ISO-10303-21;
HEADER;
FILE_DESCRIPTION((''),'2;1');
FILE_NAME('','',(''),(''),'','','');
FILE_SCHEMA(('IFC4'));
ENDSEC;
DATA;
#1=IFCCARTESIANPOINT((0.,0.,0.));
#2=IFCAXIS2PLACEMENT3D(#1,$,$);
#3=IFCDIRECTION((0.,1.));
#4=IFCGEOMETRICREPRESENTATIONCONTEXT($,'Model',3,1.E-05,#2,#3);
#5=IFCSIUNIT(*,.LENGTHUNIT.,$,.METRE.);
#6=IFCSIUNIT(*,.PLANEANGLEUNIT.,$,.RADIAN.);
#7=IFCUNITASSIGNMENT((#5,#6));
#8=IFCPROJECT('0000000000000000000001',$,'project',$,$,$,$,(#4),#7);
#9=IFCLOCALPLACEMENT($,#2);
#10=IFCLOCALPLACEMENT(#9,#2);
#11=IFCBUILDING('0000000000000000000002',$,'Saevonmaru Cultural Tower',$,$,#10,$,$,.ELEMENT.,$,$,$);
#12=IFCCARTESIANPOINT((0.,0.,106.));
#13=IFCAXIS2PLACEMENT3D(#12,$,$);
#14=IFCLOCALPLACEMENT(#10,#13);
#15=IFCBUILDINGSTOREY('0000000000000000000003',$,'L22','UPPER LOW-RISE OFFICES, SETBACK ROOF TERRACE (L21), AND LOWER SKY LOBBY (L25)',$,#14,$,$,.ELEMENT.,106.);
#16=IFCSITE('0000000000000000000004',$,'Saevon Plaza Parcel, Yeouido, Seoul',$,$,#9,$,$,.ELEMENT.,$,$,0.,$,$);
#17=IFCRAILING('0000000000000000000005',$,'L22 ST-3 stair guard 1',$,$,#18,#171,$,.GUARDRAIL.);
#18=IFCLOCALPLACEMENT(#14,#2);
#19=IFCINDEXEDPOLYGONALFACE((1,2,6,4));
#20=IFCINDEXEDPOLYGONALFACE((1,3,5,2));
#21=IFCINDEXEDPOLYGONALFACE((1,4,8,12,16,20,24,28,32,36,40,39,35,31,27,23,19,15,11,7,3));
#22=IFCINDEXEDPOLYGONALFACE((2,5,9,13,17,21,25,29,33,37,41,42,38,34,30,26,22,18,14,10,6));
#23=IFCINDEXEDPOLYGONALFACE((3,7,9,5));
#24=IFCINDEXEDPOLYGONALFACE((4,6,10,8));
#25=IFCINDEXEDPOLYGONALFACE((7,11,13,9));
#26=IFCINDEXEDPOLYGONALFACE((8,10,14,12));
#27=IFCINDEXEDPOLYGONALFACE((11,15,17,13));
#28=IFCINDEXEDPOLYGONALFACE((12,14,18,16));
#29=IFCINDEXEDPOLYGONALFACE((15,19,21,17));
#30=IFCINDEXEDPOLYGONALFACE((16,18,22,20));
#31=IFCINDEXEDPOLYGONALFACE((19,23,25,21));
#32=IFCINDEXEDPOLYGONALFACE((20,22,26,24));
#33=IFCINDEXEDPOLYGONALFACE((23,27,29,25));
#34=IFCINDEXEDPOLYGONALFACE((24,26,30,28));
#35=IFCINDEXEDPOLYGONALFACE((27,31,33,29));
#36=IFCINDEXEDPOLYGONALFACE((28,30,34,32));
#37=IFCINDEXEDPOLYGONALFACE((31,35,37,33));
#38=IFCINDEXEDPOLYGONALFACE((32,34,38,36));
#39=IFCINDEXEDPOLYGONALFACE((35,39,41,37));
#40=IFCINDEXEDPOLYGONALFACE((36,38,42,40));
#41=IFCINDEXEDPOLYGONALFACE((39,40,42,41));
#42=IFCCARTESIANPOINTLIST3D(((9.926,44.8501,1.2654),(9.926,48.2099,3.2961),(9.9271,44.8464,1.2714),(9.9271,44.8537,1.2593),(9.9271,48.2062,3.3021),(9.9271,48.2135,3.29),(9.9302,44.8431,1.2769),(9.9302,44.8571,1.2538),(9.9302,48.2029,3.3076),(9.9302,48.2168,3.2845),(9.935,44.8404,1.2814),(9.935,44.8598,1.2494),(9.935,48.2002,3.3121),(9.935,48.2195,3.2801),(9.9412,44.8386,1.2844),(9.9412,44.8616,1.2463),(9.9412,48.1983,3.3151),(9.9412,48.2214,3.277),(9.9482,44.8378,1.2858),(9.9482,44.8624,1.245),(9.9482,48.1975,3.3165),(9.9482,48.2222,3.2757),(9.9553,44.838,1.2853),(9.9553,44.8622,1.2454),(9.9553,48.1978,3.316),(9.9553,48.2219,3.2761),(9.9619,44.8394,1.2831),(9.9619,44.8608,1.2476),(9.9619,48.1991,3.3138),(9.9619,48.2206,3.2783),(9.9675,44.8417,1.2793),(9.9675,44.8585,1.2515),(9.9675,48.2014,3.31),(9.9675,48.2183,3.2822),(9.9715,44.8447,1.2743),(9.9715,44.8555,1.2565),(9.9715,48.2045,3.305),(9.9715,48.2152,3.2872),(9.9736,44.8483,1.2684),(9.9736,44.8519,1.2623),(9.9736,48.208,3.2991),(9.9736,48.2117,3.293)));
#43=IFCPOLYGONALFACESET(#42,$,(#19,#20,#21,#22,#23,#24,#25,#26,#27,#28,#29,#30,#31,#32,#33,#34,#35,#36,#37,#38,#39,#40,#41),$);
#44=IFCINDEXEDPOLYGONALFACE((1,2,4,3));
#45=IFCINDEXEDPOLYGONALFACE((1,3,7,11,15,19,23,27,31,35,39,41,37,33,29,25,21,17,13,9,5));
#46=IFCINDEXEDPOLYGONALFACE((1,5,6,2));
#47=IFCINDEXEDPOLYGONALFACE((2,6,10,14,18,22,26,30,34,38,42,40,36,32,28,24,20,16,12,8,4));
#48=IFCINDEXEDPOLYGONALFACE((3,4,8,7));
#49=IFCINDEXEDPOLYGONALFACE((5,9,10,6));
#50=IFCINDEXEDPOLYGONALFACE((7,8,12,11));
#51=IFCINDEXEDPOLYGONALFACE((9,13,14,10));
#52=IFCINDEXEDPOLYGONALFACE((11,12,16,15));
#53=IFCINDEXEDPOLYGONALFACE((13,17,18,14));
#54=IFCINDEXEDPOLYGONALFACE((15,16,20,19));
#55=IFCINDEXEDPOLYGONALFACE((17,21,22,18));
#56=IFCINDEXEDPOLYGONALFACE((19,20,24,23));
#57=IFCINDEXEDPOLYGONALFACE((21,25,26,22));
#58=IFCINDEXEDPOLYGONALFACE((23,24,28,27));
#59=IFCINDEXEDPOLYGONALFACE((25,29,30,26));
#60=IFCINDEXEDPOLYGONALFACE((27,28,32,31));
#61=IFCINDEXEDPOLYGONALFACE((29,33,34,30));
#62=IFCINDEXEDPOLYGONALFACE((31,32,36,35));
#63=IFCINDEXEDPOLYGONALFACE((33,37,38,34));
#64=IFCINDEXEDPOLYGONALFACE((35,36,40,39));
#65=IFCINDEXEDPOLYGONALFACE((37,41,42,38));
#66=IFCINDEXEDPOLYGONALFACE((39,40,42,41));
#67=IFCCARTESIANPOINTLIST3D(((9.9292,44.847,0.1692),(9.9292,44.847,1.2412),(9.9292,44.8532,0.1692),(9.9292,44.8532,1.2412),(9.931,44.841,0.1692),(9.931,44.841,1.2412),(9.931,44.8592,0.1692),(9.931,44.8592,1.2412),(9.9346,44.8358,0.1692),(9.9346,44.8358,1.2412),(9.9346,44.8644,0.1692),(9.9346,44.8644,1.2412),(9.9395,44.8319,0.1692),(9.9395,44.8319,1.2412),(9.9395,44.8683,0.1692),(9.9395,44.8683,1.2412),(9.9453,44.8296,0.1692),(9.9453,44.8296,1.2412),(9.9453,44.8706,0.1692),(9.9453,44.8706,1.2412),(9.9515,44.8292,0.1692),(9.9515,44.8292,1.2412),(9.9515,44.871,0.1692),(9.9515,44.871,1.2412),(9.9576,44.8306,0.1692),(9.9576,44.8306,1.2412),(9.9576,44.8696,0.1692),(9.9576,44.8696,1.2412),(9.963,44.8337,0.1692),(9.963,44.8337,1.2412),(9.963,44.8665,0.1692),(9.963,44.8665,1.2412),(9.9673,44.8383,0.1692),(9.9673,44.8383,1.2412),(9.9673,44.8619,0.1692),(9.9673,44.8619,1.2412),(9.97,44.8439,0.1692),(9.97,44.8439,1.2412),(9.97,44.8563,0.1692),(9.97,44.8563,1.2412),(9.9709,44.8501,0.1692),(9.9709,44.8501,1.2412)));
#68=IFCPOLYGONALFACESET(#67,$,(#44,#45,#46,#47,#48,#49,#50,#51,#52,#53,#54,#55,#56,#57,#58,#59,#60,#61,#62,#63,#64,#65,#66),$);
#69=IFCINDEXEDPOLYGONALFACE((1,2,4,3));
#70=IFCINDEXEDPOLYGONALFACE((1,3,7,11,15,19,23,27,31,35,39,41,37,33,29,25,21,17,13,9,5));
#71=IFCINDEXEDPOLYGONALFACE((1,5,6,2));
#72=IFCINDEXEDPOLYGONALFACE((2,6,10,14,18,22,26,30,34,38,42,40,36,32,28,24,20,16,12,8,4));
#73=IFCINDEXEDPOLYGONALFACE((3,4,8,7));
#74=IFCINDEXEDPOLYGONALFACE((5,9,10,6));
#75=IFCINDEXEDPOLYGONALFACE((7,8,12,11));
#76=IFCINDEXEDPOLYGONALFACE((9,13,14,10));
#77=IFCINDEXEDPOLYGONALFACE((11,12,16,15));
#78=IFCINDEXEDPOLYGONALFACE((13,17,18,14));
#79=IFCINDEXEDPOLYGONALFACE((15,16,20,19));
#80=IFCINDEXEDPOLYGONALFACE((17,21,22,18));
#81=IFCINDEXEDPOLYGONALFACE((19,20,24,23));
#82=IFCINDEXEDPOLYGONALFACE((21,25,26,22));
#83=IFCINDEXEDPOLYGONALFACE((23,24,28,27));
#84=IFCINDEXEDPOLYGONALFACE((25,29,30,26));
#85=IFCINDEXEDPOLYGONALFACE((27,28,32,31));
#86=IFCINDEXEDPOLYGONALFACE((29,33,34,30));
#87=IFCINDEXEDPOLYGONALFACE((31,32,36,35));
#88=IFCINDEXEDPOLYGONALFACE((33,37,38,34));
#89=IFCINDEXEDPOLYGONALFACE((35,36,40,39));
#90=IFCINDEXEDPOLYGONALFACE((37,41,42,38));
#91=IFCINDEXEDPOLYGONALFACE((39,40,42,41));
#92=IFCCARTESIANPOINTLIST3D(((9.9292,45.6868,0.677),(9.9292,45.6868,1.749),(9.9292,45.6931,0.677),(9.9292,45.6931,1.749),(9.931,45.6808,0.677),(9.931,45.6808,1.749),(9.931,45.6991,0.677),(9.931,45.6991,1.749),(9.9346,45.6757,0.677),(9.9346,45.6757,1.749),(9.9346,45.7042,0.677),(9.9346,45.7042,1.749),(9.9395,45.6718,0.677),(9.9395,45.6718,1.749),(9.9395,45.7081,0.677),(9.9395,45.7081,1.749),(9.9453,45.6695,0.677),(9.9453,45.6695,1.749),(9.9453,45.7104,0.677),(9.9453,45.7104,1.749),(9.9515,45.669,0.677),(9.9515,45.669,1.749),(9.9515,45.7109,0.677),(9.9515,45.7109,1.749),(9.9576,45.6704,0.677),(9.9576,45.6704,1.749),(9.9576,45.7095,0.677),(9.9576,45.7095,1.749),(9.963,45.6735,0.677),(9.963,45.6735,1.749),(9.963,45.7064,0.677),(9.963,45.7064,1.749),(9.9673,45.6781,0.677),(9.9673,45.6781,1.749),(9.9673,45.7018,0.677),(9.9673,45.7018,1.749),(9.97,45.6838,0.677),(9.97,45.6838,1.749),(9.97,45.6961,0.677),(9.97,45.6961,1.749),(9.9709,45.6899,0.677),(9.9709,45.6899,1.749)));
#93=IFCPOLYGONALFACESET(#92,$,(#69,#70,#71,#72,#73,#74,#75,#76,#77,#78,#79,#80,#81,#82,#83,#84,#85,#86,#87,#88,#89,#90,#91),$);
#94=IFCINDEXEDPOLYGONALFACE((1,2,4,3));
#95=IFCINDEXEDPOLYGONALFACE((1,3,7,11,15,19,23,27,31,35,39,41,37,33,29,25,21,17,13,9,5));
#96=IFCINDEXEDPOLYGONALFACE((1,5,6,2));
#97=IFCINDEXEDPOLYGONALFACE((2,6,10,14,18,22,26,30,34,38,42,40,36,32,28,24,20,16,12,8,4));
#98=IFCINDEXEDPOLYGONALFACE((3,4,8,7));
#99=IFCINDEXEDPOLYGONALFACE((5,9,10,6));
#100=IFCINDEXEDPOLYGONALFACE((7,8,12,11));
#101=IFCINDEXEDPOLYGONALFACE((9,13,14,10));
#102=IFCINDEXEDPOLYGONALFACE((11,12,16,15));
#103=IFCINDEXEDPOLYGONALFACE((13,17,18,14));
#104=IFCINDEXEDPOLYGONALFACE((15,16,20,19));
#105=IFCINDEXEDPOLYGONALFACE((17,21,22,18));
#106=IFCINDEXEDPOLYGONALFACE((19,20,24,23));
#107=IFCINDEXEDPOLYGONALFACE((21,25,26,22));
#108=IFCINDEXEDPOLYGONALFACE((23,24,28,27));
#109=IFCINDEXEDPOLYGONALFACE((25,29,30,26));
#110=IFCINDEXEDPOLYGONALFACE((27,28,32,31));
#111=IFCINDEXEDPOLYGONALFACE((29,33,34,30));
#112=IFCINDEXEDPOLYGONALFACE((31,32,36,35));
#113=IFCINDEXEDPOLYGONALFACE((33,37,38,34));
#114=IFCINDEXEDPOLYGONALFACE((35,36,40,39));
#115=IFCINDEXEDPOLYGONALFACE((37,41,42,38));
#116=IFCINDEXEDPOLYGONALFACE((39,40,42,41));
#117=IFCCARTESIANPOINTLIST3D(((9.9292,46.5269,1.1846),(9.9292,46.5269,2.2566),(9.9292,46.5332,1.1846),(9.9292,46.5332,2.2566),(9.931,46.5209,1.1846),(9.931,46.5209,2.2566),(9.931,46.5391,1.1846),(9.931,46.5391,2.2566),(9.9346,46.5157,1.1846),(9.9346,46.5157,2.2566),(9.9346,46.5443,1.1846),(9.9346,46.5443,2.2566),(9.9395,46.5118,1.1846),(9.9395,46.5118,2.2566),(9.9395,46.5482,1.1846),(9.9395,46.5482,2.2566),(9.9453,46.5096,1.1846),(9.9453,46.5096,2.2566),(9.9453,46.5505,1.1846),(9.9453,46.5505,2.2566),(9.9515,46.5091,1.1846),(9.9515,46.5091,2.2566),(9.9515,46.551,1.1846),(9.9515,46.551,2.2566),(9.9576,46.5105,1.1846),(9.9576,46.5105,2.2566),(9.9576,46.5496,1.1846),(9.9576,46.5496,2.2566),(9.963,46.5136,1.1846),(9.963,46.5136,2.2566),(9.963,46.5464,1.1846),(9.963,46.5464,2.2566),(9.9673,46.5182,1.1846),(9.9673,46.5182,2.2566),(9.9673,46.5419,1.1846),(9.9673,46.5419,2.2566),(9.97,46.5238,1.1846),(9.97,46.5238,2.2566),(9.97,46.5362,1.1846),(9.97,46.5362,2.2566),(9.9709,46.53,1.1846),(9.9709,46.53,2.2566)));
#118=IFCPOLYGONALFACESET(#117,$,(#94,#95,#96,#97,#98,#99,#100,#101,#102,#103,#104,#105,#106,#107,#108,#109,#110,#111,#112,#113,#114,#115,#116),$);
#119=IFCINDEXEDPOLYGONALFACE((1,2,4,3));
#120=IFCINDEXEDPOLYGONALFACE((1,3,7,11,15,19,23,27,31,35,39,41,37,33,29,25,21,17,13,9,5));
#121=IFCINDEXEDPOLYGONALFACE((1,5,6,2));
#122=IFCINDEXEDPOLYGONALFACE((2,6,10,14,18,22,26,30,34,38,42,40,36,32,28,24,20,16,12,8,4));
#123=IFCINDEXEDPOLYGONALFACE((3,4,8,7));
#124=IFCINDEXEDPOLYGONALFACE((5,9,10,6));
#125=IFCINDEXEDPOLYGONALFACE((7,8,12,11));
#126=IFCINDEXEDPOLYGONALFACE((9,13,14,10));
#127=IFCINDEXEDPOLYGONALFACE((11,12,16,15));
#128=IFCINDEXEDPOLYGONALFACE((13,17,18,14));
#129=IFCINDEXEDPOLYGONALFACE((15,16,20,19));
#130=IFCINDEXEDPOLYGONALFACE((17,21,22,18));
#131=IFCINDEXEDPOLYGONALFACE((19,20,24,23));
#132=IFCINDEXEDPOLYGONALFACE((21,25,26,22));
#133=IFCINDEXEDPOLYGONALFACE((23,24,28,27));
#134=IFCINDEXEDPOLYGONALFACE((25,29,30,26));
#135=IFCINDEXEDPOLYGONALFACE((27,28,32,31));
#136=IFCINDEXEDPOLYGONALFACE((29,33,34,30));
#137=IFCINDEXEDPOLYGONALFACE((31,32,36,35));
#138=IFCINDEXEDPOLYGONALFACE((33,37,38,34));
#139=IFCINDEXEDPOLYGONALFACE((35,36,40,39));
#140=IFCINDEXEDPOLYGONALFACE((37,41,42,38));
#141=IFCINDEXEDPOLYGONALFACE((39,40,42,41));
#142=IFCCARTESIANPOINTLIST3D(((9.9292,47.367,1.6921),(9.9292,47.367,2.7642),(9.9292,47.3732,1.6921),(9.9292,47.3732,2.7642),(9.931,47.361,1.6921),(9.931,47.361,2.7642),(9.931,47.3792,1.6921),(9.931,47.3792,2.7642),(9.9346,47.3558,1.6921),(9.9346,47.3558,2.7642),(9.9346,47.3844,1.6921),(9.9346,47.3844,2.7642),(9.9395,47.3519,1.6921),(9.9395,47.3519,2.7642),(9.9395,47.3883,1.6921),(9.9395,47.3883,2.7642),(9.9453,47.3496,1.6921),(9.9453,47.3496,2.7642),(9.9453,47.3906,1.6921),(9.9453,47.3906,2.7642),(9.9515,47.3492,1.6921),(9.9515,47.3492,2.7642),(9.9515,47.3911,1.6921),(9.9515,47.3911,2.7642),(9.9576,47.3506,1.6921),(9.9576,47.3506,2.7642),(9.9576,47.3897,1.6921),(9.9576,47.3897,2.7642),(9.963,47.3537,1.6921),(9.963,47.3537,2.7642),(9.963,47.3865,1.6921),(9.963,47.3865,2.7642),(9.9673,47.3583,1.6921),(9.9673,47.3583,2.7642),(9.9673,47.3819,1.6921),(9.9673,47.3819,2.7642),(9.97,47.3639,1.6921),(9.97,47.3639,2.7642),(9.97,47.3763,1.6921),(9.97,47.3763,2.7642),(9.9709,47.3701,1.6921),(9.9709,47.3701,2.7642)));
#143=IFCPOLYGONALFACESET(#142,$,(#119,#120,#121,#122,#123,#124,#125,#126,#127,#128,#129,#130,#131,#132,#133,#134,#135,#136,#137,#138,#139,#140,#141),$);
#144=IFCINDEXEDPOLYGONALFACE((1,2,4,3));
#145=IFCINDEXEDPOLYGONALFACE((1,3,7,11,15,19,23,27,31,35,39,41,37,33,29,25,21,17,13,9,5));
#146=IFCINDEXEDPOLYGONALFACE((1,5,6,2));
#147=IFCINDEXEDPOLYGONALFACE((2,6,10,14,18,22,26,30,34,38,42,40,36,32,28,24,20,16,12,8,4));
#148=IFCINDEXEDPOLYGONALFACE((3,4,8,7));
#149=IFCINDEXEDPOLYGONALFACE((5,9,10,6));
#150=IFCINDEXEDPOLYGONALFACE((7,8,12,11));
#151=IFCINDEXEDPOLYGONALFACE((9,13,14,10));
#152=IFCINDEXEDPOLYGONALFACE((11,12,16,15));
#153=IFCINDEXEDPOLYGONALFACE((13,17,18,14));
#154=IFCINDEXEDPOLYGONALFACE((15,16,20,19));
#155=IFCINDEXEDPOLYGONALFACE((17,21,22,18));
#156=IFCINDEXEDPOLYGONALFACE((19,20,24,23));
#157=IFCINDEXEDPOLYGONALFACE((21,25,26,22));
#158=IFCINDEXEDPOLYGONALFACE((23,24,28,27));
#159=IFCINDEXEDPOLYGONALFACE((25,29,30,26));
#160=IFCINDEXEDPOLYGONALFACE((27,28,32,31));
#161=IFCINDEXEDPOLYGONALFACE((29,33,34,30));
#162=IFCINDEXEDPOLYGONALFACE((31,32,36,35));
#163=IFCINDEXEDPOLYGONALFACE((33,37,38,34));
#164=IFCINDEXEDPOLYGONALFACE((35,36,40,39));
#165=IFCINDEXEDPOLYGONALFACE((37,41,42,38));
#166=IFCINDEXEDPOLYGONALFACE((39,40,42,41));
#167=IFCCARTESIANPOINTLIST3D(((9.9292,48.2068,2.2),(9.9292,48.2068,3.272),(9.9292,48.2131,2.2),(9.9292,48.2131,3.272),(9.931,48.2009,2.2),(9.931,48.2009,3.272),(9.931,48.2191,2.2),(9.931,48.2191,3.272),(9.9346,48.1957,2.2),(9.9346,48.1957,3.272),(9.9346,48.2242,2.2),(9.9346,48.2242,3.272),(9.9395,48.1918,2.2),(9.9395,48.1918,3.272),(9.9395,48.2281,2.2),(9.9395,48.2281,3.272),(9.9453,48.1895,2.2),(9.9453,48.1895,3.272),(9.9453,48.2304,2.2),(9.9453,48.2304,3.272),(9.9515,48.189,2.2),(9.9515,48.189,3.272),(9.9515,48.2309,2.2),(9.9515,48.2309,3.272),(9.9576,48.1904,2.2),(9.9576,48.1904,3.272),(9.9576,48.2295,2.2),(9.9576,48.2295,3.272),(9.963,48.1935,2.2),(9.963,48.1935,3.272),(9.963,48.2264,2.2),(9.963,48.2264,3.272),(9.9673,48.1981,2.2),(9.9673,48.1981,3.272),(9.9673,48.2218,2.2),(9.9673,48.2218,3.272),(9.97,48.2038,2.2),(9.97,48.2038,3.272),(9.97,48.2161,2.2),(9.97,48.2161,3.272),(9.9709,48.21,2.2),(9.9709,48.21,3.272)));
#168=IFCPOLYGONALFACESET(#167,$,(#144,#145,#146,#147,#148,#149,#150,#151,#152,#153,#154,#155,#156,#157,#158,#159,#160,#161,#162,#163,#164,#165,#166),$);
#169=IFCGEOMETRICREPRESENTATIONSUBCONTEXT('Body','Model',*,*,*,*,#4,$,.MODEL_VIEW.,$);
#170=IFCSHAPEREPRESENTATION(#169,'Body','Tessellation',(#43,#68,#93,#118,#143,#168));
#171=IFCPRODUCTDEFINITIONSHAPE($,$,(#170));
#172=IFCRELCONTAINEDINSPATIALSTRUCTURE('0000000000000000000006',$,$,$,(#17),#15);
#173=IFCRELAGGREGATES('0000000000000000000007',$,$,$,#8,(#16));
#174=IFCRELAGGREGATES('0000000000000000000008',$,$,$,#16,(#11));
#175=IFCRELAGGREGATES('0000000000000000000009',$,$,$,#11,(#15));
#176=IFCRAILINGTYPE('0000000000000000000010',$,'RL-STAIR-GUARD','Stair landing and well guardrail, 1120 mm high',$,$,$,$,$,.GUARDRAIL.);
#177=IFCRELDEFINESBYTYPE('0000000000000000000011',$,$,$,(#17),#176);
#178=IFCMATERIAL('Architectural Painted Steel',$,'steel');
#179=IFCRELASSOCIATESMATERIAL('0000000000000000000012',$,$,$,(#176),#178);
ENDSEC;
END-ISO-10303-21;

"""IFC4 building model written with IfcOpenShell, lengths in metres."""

from ifc_helpers import new_model, si_unit, direction, frame, origin, origin_2d, place, context, subcontext, project, spatial, circle, extrude, material, type_object, element, save


model = new_model("IFC4")

# Units and contexts
model_context = context("Model", 3, precision=1e-05, world=origin(), true_north=direction((0.0, 1.0)))
body_context = subcontext(model_context, "Body", "Model", "MODEL_VIEW")
ifc_project = project(units=[si_unit("LENGTHUNIT", "METRE"), si_unit("PLANEANGLEUNIT", "RADIAN")], contexts=[model_context])

# Site, building, storey
site_placement = place(None, origin())
site = spatial("IfcSite", under=ifc_project, at=site_placement, Name="Saevon Plaza Parcel, Yeouido, Seoul", CompositionType="ELEMENT", RefElevation=0.0)
building_placement = place(site_placement, origin())
building = spatial("IfcBuilding", under=site, at=building_placement, Name="Saevonmaru Cultural Tower", CompositionType="ELEMENT")
storey_placement = place(building_placement, frame((0.0, 0.0, 106.0)))
storey = spatial("IfcBuildingStorey", under=building, at=storey_placement, Name="L22", Description="UPPER LOW-RISE OFFICES, SETBACK ROOF TERRACE (L21), AND LOWER SKY LOBBY (L25)", CompositionType="ELEMENT", Elevation=106.0)

# Railing
ifc_material_1 = material(Name="Architectural Painted Steel", Category="steel")
railing_type_1 = type_object("IfcRailingType", Name="RL-STAIR-GUARD", Description="Stair landing and well guardrail, 1120 mm high", PredefinedType="GUARDRAIL", material=ifc_material_1)
railing_1_placement = place(storey_placement, frame((9.95, 44.8501, 0.1692)))
element("IfcRailing", 1, at=railing_1_placement, inside=storey, type_object=railing_type_1, Name="L22 ST-3 stair guard 1", PredefinedType="GUARDRAIL", context=body_context, shape_type="SweptSolid", body=[
    extrude(circle(Radius=0.0239, at=origin_2d()), frame((0.0, 0.0, 1.0962), z_axis=(0.0, 0.85582, 0.517273), x_axis=(-1.0, 0.0, 0.0)), (0.0, 0.0, 1.0), 3.9258),
    extrude(circle(Radius=0.021, at=origin_2d()), origin(), (0.0, 0.0, 1.0), 1.072),
    extrude(circle(Radius=0.021, at=origin_2d()), frame((0.0, 0.8398, 0.5078)), (0.0, 0.0, 1.0), 1.072),
    extrude(circle(Radius=0.021, at=origin_2d()), frame((0.0, 1.6799, 1.0154)), (0.0, 0.0, 1.0), 1.072),
    extrude(circle(Radius=0.021, at=origin_2d()), frame((0.0, 2.52, 1.5229)), (0.0, 0.0, 1.0), 1.072),
    extrude(circle(Radius=0.021, at=origin_2d()), frame((0.0, 3.3599, 2.0308)), (0.0, 0.0, 1.0), 1.072),
])

save(model, "model.ifc")
